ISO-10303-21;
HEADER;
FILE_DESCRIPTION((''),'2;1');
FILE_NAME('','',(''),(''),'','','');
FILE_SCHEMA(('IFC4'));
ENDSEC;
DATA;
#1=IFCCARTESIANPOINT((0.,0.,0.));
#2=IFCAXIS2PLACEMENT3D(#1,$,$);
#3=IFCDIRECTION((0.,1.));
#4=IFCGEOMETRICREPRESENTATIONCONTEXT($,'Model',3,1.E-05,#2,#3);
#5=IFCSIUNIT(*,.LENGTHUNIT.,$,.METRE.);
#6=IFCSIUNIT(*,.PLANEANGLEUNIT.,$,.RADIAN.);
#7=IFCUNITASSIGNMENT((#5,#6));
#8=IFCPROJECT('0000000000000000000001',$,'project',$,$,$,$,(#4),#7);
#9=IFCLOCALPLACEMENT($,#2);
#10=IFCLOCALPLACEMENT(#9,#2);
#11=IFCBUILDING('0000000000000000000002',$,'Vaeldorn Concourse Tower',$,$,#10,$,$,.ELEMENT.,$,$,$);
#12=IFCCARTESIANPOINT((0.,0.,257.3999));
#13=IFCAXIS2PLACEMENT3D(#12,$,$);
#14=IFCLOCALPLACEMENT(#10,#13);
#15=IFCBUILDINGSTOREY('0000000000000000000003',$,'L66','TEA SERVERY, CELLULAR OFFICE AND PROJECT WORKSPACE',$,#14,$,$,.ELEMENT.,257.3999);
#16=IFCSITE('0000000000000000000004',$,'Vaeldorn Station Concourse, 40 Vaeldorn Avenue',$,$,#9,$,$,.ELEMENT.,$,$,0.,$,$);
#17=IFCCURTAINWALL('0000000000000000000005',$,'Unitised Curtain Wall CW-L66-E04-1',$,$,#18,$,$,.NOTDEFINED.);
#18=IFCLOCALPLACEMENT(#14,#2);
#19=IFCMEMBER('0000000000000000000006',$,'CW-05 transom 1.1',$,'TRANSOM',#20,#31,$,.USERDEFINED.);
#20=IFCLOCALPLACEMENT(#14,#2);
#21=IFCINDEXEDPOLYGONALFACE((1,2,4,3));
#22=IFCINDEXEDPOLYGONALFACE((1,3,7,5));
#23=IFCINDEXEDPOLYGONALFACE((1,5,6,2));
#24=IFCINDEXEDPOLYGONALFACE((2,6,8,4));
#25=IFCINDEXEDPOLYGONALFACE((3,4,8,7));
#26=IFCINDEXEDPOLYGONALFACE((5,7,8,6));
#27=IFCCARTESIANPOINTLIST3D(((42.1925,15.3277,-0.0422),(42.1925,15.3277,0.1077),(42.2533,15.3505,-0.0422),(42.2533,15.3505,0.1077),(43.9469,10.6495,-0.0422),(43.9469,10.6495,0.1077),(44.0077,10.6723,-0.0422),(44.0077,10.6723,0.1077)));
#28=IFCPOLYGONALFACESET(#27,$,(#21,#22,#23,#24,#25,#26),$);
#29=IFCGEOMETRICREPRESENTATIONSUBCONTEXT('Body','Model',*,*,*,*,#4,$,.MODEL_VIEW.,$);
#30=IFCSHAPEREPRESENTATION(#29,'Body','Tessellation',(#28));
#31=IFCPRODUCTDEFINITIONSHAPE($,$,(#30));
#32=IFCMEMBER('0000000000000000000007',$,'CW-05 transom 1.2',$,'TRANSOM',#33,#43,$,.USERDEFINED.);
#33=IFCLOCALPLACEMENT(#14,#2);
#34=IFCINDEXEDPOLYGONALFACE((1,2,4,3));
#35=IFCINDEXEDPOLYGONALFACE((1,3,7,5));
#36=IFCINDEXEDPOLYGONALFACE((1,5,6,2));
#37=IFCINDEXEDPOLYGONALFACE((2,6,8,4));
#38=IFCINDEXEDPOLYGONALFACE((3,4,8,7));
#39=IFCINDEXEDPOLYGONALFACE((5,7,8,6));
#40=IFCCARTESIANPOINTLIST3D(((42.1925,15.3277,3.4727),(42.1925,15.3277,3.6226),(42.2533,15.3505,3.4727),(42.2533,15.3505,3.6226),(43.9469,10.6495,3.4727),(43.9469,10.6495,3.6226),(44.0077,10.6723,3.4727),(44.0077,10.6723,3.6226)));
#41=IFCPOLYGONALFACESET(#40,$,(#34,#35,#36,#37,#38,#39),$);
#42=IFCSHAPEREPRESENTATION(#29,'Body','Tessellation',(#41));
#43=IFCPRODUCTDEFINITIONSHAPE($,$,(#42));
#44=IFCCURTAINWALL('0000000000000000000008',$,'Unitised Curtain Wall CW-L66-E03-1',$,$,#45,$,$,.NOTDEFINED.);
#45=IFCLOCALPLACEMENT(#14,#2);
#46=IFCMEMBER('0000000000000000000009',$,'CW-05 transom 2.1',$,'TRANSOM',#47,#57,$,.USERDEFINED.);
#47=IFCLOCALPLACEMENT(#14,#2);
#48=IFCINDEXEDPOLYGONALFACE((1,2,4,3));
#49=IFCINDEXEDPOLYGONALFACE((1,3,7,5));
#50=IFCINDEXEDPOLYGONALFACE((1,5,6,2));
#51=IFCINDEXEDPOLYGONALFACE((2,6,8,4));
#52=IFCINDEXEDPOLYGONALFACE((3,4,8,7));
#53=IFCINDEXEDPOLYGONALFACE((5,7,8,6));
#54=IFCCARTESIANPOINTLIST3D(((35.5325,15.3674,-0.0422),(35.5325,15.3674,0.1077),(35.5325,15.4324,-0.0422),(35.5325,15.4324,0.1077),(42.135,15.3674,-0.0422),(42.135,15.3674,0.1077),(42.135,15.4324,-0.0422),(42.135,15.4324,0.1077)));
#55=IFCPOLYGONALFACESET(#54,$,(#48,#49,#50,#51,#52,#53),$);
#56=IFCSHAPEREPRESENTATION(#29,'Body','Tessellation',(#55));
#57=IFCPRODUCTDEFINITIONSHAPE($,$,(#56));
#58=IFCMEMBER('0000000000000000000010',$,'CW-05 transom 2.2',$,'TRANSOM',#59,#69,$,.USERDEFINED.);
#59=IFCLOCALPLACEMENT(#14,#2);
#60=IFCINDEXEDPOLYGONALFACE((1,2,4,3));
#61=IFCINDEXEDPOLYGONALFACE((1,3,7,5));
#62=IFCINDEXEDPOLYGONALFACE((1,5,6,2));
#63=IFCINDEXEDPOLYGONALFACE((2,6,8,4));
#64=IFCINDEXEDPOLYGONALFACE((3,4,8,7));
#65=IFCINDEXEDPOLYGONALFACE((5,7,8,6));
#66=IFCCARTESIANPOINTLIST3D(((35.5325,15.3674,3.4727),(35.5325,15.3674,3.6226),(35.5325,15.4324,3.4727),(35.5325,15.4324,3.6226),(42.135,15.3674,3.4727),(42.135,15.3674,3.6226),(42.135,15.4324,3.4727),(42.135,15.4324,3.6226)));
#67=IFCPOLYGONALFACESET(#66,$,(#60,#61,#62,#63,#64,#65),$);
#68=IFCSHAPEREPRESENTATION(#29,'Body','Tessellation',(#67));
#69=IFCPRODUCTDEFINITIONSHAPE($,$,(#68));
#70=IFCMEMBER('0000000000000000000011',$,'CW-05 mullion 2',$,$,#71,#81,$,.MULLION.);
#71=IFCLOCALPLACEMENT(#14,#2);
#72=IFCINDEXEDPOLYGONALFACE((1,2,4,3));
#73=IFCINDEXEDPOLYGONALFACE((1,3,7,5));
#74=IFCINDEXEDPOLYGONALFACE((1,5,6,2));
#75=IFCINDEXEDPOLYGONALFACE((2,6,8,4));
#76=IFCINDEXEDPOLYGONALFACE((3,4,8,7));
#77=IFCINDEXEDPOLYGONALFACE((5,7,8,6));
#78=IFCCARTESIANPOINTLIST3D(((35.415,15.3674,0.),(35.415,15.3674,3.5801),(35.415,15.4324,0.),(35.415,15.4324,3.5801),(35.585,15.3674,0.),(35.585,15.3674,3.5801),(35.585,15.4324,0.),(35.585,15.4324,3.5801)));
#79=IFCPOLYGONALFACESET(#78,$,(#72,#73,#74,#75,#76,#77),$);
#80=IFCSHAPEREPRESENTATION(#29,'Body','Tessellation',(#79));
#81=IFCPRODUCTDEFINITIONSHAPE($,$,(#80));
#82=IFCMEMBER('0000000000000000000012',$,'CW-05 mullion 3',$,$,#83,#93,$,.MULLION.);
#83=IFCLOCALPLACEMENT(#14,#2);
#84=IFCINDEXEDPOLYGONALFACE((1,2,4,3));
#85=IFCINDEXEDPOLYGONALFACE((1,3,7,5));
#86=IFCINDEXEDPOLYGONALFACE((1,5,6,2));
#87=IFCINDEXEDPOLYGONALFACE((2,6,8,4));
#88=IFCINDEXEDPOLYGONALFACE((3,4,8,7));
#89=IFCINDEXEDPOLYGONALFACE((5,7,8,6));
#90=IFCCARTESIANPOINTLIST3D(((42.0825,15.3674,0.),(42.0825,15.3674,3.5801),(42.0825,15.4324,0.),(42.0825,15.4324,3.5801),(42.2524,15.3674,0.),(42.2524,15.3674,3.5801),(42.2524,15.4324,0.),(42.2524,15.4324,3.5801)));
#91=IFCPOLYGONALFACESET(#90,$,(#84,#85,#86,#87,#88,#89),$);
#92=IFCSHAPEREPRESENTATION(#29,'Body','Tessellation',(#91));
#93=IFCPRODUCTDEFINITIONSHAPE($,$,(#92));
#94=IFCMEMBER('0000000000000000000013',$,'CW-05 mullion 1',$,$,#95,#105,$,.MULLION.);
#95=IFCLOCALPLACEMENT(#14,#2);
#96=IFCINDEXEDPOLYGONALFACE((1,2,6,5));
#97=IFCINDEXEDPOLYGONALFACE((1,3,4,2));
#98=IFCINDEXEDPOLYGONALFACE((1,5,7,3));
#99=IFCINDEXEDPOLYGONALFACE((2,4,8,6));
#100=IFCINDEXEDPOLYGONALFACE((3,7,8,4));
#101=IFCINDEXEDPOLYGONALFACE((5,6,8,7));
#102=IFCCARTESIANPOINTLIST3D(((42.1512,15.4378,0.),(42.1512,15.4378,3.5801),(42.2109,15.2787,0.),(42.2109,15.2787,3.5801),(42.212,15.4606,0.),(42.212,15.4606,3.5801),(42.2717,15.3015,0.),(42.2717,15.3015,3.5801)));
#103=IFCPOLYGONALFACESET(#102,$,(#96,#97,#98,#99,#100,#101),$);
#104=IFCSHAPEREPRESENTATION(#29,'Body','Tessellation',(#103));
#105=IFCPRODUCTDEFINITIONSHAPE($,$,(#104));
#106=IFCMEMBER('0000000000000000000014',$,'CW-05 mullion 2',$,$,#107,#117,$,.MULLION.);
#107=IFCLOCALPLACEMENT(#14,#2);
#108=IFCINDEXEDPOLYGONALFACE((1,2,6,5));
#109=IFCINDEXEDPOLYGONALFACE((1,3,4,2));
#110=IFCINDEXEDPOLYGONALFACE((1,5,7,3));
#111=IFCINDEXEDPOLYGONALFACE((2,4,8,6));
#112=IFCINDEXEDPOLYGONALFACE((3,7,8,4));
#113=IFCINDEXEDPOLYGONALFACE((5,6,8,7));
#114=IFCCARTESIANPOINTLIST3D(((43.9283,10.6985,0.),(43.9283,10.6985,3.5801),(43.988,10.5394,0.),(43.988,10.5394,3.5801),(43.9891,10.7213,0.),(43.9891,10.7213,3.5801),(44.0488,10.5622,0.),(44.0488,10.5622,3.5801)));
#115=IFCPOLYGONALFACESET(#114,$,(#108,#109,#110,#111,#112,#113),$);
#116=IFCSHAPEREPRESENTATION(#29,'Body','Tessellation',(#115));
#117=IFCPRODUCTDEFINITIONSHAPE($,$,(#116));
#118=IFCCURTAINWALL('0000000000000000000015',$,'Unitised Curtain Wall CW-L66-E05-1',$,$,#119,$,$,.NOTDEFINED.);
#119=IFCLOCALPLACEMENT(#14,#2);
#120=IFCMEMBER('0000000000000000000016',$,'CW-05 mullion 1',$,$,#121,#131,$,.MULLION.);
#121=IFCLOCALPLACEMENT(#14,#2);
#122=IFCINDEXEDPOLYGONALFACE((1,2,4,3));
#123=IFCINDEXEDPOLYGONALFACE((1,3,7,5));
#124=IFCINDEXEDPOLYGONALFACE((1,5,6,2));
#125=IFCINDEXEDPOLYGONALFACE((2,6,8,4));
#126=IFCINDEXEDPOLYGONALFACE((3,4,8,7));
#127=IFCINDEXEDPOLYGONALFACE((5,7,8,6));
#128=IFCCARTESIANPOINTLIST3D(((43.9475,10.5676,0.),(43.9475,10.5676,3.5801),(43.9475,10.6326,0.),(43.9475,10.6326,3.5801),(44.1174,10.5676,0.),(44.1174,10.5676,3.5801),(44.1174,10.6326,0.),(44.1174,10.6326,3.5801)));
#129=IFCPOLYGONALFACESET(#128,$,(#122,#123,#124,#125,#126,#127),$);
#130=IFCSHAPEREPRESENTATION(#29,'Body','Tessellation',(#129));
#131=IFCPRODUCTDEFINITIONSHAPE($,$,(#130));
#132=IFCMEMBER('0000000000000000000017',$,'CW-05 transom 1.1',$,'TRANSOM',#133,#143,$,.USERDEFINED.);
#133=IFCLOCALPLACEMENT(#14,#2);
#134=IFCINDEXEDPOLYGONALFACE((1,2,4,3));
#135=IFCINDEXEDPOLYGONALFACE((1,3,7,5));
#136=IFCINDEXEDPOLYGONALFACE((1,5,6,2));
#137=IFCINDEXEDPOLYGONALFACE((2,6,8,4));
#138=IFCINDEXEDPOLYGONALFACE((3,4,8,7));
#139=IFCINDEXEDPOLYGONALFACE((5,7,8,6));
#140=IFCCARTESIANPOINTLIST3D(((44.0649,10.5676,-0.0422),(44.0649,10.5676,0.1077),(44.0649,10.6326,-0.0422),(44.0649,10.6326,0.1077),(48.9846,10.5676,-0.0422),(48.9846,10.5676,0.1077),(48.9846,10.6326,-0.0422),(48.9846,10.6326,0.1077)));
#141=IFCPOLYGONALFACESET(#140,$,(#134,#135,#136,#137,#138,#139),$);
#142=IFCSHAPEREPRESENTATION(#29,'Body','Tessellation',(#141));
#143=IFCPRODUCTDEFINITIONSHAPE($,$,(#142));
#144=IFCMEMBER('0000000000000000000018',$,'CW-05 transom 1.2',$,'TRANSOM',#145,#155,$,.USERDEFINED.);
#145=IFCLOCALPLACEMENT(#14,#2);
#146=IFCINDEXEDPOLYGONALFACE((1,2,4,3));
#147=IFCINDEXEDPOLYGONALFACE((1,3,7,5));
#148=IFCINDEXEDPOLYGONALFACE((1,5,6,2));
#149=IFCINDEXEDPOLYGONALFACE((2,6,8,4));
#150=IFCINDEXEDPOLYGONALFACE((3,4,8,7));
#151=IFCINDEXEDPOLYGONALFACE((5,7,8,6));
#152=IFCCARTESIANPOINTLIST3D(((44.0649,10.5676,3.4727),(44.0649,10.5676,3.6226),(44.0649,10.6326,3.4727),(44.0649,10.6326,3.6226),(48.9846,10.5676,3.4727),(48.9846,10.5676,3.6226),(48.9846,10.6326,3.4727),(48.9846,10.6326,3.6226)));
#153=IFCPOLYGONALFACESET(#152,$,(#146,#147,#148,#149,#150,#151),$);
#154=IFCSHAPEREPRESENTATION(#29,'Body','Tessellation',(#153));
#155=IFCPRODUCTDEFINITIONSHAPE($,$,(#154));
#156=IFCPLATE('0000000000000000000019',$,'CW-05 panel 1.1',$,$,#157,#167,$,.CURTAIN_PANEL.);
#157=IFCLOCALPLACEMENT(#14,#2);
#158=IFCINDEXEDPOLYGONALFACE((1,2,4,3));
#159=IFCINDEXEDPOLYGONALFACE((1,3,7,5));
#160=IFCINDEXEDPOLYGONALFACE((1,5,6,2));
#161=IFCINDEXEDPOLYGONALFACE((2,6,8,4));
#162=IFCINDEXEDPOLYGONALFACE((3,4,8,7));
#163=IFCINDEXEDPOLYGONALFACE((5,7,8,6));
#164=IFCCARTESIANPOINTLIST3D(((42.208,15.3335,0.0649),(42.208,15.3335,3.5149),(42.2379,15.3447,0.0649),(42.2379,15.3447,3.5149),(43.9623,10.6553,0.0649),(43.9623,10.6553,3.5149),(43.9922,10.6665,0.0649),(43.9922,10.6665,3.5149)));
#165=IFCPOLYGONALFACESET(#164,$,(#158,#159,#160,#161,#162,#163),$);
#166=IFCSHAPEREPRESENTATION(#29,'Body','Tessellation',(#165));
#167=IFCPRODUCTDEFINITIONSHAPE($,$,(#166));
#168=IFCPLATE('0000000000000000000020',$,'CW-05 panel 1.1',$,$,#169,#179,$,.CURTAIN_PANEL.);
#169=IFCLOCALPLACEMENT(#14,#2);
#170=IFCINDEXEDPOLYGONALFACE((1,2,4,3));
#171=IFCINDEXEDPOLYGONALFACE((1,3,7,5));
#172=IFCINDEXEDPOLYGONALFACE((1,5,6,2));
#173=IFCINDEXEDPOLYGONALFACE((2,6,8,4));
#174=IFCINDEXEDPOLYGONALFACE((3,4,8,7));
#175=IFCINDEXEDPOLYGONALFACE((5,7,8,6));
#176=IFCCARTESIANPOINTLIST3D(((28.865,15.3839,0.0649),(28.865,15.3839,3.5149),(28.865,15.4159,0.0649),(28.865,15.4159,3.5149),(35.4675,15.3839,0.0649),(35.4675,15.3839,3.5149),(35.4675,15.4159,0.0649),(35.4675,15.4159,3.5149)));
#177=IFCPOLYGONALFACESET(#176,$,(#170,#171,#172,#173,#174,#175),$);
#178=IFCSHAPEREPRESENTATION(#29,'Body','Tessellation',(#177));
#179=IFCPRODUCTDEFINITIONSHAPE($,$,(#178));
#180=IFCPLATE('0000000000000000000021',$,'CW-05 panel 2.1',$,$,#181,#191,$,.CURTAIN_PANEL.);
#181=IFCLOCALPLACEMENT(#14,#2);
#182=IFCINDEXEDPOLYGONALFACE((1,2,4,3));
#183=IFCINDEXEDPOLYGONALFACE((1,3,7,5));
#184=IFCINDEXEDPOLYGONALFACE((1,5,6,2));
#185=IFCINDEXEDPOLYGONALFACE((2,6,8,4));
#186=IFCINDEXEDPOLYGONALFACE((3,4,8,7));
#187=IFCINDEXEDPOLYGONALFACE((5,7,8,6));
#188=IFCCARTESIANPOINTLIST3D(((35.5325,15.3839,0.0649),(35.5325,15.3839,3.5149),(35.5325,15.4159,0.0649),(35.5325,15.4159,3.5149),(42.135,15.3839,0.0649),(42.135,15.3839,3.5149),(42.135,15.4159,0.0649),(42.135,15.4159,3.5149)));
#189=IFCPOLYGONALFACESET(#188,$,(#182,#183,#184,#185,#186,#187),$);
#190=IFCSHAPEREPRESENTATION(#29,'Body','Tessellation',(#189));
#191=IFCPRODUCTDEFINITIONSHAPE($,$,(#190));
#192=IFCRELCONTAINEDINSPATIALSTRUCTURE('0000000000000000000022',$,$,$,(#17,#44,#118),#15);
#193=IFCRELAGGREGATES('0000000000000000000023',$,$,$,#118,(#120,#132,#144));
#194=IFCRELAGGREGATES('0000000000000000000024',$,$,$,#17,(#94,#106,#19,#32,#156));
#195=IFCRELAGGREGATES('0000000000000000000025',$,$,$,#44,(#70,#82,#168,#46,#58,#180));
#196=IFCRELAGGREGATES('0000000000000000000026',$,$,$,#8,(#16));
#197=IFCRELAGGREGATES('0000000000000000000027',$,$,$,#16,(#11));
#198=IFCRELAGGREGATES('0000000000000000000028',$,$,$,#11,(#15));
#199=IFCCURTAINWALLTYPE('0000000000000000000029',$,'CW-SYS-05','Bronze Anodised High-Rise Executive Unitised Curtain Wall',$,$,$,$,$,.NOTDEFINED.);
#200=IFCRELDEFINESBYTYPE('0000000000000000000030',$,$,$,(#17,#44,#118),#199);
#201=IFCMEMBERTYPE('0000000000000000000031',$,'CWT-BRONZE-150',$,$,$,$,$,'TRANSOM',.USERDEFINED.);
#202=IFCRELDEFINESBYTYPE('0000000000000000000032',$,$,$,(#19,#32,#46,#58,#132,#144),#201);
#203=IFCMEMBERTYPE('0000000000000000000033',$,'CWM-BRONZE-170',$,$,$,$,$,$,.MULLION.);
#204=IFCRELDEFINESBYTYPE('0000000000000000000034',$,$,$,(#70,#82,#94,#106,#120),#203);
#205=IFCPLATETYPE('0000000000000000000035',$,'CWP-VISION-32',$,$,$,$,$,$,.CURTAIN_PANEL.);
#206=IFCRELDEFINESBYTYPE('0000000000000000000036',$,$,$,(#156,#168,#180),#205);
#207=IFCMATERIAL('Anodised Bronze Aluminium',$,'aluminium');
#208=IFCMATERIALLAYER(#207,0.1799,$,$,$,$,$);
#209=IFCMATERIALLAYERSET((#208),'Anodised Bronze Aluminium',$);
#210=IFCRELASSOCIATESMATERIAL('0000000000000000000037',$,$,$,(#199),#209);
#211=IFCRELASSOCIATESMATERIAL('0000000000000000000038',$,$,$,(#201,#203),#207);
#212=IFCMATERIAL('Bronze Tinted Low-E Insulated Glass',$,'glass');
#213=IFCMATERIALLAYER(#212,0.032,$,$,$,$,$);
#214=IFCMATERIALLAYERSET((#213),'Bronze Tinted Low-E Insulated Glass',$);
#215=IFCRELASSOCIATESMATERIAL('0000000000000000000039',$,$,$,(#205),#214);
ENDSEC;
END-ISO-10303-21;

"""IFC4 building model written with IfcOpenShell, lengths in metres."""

from ifc_helpers import new_model, si_unit, direction, frame, origin, origin_2d, place, context, subcontext, project, spatial, rectangle, extrude, source, transform, mapped, material, layer, layer_set, material_profile, profile_set, type_object, element, aggregate, save


model = new_model("IFC4")

# Units and contexts
model_context = context("Model", 3, precision=1e-05, world=origin(), true_north=direction((0.0, 1.0)))
body_context = subcontext(model_context, "Body", "Model", "MODEL_VIEW")
ifc_project = project(units=[si_unit("LENGTHUNIT", "METRE"), si_unit("PLANEANGLEUNIT", "RADIAN")], contexts=[model_context])

# Site, building, storey
site_placement = place(None, origin())
site = spatial("IfcSite", under=ifc_project, at=site_placement, Name="Vaeldorn Station Concourse, 40 Vaeldorn Avenue", CompositionType="ELEMENT", RefElevation=0.0)
building_placement = place(site_placement, origin())
building = spatial("IfcBuilding", under=site, at=building_placement, Name="Vaeldorn Concourse Tower", CompositionType="ELEMENT")
storey_placement = place(building_placement, frame((0.0, 0.0, 257.3999)))
storey = spatial("IfcBuildingStorey", under=building, at=storey_placement, Name="L66", Description="TEA SERVERY, CELLULAR OFFICE AND PROJECT WORKSPACE", CompositionType="ELEMENT", Elevation=257.3999)

# Curtain walls, members
ifc_material_1 = material(Name="Anodised Bronze Aluminium", Category="aluminium")
ifc_layer_1 = layer(ifc_material_1, 0.1799)
ifc_layer_set_1 = layer_set([ifc_layer_1], Name="Anodised Bronze Aluminium")
curtain_wall_type = type_object("IfcCurtainWallType", Name="CW-SYS-05", Description="Bronze Anodised High-Rise Executive Unitised Curtain Wall", PredefinedType="NOTDEFINED", material=ifc_layer_set_1)
curtain_wall_1_placement = place(storey_placement, origin())
curtain_wall_1 = element("IfcCurtainWall", 1, at=curtain_wall_1_placement, inside=storey, type_object=curtain_wall_type, Name="Unitised Curtain Wall CW-L66-E04-1", PredefinedType="NOTDEFINED")
ifc_material_profile_1 = material_profile(ifc_material_1, rectangle(XDim=0.0649, YDim=0.1499, at=origin_2d()), Name="CWT 65x150")
ifc_profile_set_1 = profile_set([ifc_material_profile_1], Name="Anodised Bronze Aluminium")
member_type_1 = type_object("IfcMemberType", Name="CWT-BRONZE-150", ElementType="TRANSOM", PredefinedType="USERDEFINED", material=ifc_profile_set_1)
shared_shape_1 = source(origin(), body_context, "Body", "SweptSolid", [
    extrude(rectangle(XDim=0.0649, YDim=0.1499, at=origin_2d()), origin(), (0.0, 0.0, 1.0), 4.9963),
])
member_1_placement = place(storey_placement, frame((42.2229, 15.3391, 0.0327), z_axis=(0.351134, -0.936325, 0.0), x_axis=(0.936325, 0.351134, 0.0)))
member_1 = element("IfcMember", 2, at=member_1_placement, type_object=member_type_1, Name="CW-05 transom 1.1", ObjectType="TRANSOM", PredefinedType="USERDEFINED", context=body_context, shape_type="MappedRepresentation", body=[
    mapped(shared_shape_1, transform((0.0, 0.0, 0.0), scale=1.0)),
])
member_2_placement = place(storey_placement, frame((42.2229, 15.3391, 3.5476), z_axis=(0.351134, -0.936325, 0.0), x_axis=(0.936325, 0.351134, 0.0)))
member_2 = element("IfcMember", 3, at=member_2_placement, type_object=member_type_1, Name="CW-05 transom 1.2", ObjectType="TRANSOM", PredefinedType="USERDEFINED", context=body_context, shape_type="MappedRepresentation", body=[
    mapped(shared_shape_1, transform((0.0, 0.0, 0.0), scale=1.0)),
])
curtain_wall_2_placement = place(storey_placement, origin())
curtain_wall_2 = element("IfcCurtainWall", 4, at=curtain_wall_2_placement, inside=storey, type_object=curtain_wall_type, Name="Unitised Curtain Wall CW-L66-E03-1", PredefinedType="NOTDEFINED")
shared_shape_2 = source(origin(), body_context, "Body", "SweptSolid", [
    extrude(rectangle(XDim=0.0649, YDim=0.1499, at=origin_2d()), origin(), (0.0, 0.0, 1.0), 6.6025),
])
member_3_placement = place(storey_placement, frame((35.5325, 15.3999, 0.0327), z_axis=(1.0, 0.0, 0.0), x_axis=(0.0, 1.0, 0.0)))
member_3 = element("IfcMember", 5, at=member_3_placement, type_object=member_type_1, Name="CW-05 transom 2.1", ObjectType="TRANSOM", PredefinedType="USERDEFINED", context=body_context, shape_type="MappedRepresentation", body=[
    mapped(shared_shape_2, transform((0.0, 0.0, 0.0), scale=1.0)),
])
member_4_placement = place(storey_placement, frame((35.5325, 15.3999, 3.5476), z_axis=(1.0, 0.0, 0.0), x_axis=(0.0, 1.0, 0.0)))
member_4 = element("IfcMember", 6, at=member_4_placement, type_object=member_type_1, Name="CW-05 transom 2.2", ObjectType="TRANSOM", PredefinedType="USERDEFINED", context=body_context, shape_type="MappedRepresentation", body=[
    mapped(shared_shape_2, transform((0.0, 0.0, 0.0), scale=1.0)),
])
ifc_material_profile_2 = material_profile(ifc_material_1, rectangle(XDim=0.0649, YDim=0.1699, at=origin_2d()), Name="CWM 65x170")
ifc_profile_set_2 = profile_set([ifc_material_profile_2], Name="Anodised Bronze Aluminium")
member_type_2 = type_object("IfcMemberType", Name="CWM-BRONZE-170", PredefinedType="MULLION", material=ifc_profile_set_2)
shared_shape_3 = source(origin(), body_context, "Body", "SweptSolid", [
    extrude(rectangle(XDim=0.0649, YDim=0.1699, at=origin_2d()), origin(), (0.0, 0.0, 1.0), 3.5801),
])
member_5_placement = place(storey_placement, frame((35.5, 15.3999, 0.0), z_axis=(0.0, 0.0, 1.0), x_axis=(0.0, 1.0, 0.0)))
member_5 = element("IfcMember", 7, at=member_5_placement, type_object=member_type_2, Name="CW-05 mullion 2", PredefinedType="MULLION", context=body_context, shape_type="MappedRepresentation", body=[
    mapped(shared_shape_3, transform((0.0, 0.0, 0.0), scale=1.0)),
])
member_6_placement = place(storey_placement, frame((42.1675, 15.3999, 0.0), z_axis=(0.0, 0.0, 1.0), x_axis=(0.0, 1.0, 0.0)))
member_6 = element("IfcMember", 8, at=member_6_placement, type_object=member_type_2, Name="CW-05 mullion 3", PredefinedType="MULLION", context=body_context, shape_type="MappedRepresentation", body=[
    mapped(shared_shape_3, transform((0.0, 0.0, 0.0), scale=1.0)),
])

# Members
member_7_placement = place(storey_placement, frame((42.2114, 15.3696, 0.0), z_axis=(0.0, 0.0, 1.0), x_axis=(0.936329, 0.351123, 0.0)))
member_7 = element("IfcMember", 9, at=member_7_placement, type_object=member_type_2, Name="CW-05 mullion 1", PredefinedType="MULLION", context=body_context, shape_type="MappedRepresentation", body=[
    mapped(shared_shape_3, transform((0.0, 0.0, 0.0), scale=1.0)),
])
member_8_placement = place(storey_placement, frame((43.9885, 10.6304, 0.0), z_axis=(0.0, 0.0, 1.0), x_axis=(0.936329, 0.351123, 0.0)))
member_8 = element("IfcMember", 10, at=member_8_placement, type_object=member_type_2, Name="CW-05 mullion 2", PredefinedType="MULLION", context=body_context, shape_type="MappedRepresentation", body=[
    mapped(shared_shape_3, transform((0.0, 0.0, 0.0), scale=1.0)),
])

# Curtain wall, members
curtain_wall_3_placement = place(storey_placement, origin())
curtain_wall_3 = element("IfcCurtainWall", 11, at=curtain_wall_3_placement, inside=storey, type_object=curtain_wall_type, Name="Unitised Curtain Wall CW-L66-E05-1", PredefinedType="NOTDEFINED")
member_9_placement = place(storey_placement, frame((44.0325, 10.6001, 0.0), z_axis=(0.0, 0.0, 1.0), x_axis=(0.0, 1.0, 0.0)))
member_9 = element("IfcMember", 12, at=member_9_placement, type_object=member_type_2, Name="CW-05 mullion 1", PredefinedType="MULLION", context=body_context, shape_type="MappedRepresentation", body=[
    mapped(shared_shape_3, transform((0.0, 0.0, 0.0), scale=1.0)),
])
shared_shape_4 = source(origin(), body_context, "Body", "SweptSolid", [
    extrude(rectangle(XDim=0.0649, YDim=0.1499, at=origin_2d()), origin(), (0.0, 0.0, 1.0), 4.9197),
])
member_10_placement = place(storey_placement, frame((44.0649, 10.6001, 0.0327), z_axis=(1.0, 0.0, 0.0), x_axis=(0.0, 1.0, 0.0)))
member_10 = element("IfcMember", 13, at=member_10_placement, type_object=member_type_1, Name="CW-05 transom 1.1", ObjectType="TRANSOM", PredefinedType="USERDEFINED", context=body_context, shape_type="MappedRepresentation", body=[
    mapped(shared_shape_4, transform((0.0, 0.0, 0.0), scale=1.0)),
])
member_11_placement = place(storey_placement, frame((44.0649, 10.6001, 3.5476), z_axis=(1.0, 0.0, 0.0), x_axis=(0.0, 1.0, 0.0)))
member_11 = element("IfcMember", 14, at=member_11_placement, type_object=member_type_1, Name="CW-05 transom 1.2", ObjectType="TRANSOM", PredefinedType="USERDEFINED", context=body_context, shape_type="MappedRepresentation", body=[
    mapped(shared_shape_4, transform((0.0, 0.0, 0.0), scale=1.0)),
])
aggregate(curtain_wall_3, [member_9, member_10, member_11])

# Plates
ifc_material_2 = material(Name="Bronze Tinted Low-E Insulated Glass", Category="glass")
ifc_layer_2 = layer(ifc_material_2, 0.032)
ifc_layer_set_2 = layer_set([ifc_layer_2], Name="Bronze Tinted Low-E Insulated Glass")
plate_type = type_object("IfcPlateType", Name="CWP-VISION-32", PredefinedType="CURTAIN_PANEL", material=ifc_layer_set_2)
shared_shape_5 = source(origin(), body_context, "Body", "SweptSolid", [
    extrude(rectangle(XDim=4.9963, YDim=0.032, at=origin_2d()), origin(), (0.0, 0.0, 1.0), 3.45),
])
plate_1_placement = place(storey_placement, frame((43.1001, 13.0, 0.0649), z_axis=(0.0, 0.0, 1.0), x_axis=(0.351123, -0.936329, 0.0)))
plate_1 = element("IfcPlate", 15, at=plate_1_placement, type_object=plate_type, Name="CW-05 panel 1.1", PredefinedType="CURTAIN_PANEL", context=body_context, shape_type="MappedRepresentation", body=[
    mapped(shared_shape_5, transform((0.0, 0.0, 0.0), scale=1.0)),
])
aggregate(curtain_wall_1, [member_7, member_8, member_1, member_2, plate_1])
shared_shape_6 = source(origin(), body_context, "Body", "SweptSolid", [
    extrude(rectangle(XDim=6.6025, YDim=0.032, at=origin_2d()), origin(), (0.0, 0.0, 1.0), 3.45),
])
plate_2_placement = place(storey_placement, frame((32.1663, 15.3999, 0.0649), z_axis=(0.0, 0.0, 1.0), x_axis=(1.0, 0.0, 0.0)))
plate_2 = element("IfcPlate", 16, at=plate_2_placement, type_object=plate_type, Name="CW-05 panel 1.1", PredefinedType="CURTAIN_PANEL", context=body_context, shape_type="MappedRepresentation", body=[
    mapped(shared_shape_6, transform((0.0, 0.0, 0.0), scale=1.0)),
])
plate_3_placement = place(storey_placement, frame((38.8337, 15.3999, 0.0649), z_axis=(0.0, 0.0, 1.0), x_axis=(1.0, 0.0, 0.0)))
plate_3 = element("IfcPlate", 17, at=plate_3_placement, type_object=plate_type, Name="CW-05 panel 2.1", PredefinedType="CURTAIN_PANEL", context=body_context, shape_type="MappedRepresentation", body=[
    mapped(shared_shape_6, transform((0.0, 0.0, 0.0), scale=1.0)),
])
aggregate(curtain_wall_2, [member_5, member_6, plate_2, member_3, member_4, plate_3])

save(model, "model.ifc")
